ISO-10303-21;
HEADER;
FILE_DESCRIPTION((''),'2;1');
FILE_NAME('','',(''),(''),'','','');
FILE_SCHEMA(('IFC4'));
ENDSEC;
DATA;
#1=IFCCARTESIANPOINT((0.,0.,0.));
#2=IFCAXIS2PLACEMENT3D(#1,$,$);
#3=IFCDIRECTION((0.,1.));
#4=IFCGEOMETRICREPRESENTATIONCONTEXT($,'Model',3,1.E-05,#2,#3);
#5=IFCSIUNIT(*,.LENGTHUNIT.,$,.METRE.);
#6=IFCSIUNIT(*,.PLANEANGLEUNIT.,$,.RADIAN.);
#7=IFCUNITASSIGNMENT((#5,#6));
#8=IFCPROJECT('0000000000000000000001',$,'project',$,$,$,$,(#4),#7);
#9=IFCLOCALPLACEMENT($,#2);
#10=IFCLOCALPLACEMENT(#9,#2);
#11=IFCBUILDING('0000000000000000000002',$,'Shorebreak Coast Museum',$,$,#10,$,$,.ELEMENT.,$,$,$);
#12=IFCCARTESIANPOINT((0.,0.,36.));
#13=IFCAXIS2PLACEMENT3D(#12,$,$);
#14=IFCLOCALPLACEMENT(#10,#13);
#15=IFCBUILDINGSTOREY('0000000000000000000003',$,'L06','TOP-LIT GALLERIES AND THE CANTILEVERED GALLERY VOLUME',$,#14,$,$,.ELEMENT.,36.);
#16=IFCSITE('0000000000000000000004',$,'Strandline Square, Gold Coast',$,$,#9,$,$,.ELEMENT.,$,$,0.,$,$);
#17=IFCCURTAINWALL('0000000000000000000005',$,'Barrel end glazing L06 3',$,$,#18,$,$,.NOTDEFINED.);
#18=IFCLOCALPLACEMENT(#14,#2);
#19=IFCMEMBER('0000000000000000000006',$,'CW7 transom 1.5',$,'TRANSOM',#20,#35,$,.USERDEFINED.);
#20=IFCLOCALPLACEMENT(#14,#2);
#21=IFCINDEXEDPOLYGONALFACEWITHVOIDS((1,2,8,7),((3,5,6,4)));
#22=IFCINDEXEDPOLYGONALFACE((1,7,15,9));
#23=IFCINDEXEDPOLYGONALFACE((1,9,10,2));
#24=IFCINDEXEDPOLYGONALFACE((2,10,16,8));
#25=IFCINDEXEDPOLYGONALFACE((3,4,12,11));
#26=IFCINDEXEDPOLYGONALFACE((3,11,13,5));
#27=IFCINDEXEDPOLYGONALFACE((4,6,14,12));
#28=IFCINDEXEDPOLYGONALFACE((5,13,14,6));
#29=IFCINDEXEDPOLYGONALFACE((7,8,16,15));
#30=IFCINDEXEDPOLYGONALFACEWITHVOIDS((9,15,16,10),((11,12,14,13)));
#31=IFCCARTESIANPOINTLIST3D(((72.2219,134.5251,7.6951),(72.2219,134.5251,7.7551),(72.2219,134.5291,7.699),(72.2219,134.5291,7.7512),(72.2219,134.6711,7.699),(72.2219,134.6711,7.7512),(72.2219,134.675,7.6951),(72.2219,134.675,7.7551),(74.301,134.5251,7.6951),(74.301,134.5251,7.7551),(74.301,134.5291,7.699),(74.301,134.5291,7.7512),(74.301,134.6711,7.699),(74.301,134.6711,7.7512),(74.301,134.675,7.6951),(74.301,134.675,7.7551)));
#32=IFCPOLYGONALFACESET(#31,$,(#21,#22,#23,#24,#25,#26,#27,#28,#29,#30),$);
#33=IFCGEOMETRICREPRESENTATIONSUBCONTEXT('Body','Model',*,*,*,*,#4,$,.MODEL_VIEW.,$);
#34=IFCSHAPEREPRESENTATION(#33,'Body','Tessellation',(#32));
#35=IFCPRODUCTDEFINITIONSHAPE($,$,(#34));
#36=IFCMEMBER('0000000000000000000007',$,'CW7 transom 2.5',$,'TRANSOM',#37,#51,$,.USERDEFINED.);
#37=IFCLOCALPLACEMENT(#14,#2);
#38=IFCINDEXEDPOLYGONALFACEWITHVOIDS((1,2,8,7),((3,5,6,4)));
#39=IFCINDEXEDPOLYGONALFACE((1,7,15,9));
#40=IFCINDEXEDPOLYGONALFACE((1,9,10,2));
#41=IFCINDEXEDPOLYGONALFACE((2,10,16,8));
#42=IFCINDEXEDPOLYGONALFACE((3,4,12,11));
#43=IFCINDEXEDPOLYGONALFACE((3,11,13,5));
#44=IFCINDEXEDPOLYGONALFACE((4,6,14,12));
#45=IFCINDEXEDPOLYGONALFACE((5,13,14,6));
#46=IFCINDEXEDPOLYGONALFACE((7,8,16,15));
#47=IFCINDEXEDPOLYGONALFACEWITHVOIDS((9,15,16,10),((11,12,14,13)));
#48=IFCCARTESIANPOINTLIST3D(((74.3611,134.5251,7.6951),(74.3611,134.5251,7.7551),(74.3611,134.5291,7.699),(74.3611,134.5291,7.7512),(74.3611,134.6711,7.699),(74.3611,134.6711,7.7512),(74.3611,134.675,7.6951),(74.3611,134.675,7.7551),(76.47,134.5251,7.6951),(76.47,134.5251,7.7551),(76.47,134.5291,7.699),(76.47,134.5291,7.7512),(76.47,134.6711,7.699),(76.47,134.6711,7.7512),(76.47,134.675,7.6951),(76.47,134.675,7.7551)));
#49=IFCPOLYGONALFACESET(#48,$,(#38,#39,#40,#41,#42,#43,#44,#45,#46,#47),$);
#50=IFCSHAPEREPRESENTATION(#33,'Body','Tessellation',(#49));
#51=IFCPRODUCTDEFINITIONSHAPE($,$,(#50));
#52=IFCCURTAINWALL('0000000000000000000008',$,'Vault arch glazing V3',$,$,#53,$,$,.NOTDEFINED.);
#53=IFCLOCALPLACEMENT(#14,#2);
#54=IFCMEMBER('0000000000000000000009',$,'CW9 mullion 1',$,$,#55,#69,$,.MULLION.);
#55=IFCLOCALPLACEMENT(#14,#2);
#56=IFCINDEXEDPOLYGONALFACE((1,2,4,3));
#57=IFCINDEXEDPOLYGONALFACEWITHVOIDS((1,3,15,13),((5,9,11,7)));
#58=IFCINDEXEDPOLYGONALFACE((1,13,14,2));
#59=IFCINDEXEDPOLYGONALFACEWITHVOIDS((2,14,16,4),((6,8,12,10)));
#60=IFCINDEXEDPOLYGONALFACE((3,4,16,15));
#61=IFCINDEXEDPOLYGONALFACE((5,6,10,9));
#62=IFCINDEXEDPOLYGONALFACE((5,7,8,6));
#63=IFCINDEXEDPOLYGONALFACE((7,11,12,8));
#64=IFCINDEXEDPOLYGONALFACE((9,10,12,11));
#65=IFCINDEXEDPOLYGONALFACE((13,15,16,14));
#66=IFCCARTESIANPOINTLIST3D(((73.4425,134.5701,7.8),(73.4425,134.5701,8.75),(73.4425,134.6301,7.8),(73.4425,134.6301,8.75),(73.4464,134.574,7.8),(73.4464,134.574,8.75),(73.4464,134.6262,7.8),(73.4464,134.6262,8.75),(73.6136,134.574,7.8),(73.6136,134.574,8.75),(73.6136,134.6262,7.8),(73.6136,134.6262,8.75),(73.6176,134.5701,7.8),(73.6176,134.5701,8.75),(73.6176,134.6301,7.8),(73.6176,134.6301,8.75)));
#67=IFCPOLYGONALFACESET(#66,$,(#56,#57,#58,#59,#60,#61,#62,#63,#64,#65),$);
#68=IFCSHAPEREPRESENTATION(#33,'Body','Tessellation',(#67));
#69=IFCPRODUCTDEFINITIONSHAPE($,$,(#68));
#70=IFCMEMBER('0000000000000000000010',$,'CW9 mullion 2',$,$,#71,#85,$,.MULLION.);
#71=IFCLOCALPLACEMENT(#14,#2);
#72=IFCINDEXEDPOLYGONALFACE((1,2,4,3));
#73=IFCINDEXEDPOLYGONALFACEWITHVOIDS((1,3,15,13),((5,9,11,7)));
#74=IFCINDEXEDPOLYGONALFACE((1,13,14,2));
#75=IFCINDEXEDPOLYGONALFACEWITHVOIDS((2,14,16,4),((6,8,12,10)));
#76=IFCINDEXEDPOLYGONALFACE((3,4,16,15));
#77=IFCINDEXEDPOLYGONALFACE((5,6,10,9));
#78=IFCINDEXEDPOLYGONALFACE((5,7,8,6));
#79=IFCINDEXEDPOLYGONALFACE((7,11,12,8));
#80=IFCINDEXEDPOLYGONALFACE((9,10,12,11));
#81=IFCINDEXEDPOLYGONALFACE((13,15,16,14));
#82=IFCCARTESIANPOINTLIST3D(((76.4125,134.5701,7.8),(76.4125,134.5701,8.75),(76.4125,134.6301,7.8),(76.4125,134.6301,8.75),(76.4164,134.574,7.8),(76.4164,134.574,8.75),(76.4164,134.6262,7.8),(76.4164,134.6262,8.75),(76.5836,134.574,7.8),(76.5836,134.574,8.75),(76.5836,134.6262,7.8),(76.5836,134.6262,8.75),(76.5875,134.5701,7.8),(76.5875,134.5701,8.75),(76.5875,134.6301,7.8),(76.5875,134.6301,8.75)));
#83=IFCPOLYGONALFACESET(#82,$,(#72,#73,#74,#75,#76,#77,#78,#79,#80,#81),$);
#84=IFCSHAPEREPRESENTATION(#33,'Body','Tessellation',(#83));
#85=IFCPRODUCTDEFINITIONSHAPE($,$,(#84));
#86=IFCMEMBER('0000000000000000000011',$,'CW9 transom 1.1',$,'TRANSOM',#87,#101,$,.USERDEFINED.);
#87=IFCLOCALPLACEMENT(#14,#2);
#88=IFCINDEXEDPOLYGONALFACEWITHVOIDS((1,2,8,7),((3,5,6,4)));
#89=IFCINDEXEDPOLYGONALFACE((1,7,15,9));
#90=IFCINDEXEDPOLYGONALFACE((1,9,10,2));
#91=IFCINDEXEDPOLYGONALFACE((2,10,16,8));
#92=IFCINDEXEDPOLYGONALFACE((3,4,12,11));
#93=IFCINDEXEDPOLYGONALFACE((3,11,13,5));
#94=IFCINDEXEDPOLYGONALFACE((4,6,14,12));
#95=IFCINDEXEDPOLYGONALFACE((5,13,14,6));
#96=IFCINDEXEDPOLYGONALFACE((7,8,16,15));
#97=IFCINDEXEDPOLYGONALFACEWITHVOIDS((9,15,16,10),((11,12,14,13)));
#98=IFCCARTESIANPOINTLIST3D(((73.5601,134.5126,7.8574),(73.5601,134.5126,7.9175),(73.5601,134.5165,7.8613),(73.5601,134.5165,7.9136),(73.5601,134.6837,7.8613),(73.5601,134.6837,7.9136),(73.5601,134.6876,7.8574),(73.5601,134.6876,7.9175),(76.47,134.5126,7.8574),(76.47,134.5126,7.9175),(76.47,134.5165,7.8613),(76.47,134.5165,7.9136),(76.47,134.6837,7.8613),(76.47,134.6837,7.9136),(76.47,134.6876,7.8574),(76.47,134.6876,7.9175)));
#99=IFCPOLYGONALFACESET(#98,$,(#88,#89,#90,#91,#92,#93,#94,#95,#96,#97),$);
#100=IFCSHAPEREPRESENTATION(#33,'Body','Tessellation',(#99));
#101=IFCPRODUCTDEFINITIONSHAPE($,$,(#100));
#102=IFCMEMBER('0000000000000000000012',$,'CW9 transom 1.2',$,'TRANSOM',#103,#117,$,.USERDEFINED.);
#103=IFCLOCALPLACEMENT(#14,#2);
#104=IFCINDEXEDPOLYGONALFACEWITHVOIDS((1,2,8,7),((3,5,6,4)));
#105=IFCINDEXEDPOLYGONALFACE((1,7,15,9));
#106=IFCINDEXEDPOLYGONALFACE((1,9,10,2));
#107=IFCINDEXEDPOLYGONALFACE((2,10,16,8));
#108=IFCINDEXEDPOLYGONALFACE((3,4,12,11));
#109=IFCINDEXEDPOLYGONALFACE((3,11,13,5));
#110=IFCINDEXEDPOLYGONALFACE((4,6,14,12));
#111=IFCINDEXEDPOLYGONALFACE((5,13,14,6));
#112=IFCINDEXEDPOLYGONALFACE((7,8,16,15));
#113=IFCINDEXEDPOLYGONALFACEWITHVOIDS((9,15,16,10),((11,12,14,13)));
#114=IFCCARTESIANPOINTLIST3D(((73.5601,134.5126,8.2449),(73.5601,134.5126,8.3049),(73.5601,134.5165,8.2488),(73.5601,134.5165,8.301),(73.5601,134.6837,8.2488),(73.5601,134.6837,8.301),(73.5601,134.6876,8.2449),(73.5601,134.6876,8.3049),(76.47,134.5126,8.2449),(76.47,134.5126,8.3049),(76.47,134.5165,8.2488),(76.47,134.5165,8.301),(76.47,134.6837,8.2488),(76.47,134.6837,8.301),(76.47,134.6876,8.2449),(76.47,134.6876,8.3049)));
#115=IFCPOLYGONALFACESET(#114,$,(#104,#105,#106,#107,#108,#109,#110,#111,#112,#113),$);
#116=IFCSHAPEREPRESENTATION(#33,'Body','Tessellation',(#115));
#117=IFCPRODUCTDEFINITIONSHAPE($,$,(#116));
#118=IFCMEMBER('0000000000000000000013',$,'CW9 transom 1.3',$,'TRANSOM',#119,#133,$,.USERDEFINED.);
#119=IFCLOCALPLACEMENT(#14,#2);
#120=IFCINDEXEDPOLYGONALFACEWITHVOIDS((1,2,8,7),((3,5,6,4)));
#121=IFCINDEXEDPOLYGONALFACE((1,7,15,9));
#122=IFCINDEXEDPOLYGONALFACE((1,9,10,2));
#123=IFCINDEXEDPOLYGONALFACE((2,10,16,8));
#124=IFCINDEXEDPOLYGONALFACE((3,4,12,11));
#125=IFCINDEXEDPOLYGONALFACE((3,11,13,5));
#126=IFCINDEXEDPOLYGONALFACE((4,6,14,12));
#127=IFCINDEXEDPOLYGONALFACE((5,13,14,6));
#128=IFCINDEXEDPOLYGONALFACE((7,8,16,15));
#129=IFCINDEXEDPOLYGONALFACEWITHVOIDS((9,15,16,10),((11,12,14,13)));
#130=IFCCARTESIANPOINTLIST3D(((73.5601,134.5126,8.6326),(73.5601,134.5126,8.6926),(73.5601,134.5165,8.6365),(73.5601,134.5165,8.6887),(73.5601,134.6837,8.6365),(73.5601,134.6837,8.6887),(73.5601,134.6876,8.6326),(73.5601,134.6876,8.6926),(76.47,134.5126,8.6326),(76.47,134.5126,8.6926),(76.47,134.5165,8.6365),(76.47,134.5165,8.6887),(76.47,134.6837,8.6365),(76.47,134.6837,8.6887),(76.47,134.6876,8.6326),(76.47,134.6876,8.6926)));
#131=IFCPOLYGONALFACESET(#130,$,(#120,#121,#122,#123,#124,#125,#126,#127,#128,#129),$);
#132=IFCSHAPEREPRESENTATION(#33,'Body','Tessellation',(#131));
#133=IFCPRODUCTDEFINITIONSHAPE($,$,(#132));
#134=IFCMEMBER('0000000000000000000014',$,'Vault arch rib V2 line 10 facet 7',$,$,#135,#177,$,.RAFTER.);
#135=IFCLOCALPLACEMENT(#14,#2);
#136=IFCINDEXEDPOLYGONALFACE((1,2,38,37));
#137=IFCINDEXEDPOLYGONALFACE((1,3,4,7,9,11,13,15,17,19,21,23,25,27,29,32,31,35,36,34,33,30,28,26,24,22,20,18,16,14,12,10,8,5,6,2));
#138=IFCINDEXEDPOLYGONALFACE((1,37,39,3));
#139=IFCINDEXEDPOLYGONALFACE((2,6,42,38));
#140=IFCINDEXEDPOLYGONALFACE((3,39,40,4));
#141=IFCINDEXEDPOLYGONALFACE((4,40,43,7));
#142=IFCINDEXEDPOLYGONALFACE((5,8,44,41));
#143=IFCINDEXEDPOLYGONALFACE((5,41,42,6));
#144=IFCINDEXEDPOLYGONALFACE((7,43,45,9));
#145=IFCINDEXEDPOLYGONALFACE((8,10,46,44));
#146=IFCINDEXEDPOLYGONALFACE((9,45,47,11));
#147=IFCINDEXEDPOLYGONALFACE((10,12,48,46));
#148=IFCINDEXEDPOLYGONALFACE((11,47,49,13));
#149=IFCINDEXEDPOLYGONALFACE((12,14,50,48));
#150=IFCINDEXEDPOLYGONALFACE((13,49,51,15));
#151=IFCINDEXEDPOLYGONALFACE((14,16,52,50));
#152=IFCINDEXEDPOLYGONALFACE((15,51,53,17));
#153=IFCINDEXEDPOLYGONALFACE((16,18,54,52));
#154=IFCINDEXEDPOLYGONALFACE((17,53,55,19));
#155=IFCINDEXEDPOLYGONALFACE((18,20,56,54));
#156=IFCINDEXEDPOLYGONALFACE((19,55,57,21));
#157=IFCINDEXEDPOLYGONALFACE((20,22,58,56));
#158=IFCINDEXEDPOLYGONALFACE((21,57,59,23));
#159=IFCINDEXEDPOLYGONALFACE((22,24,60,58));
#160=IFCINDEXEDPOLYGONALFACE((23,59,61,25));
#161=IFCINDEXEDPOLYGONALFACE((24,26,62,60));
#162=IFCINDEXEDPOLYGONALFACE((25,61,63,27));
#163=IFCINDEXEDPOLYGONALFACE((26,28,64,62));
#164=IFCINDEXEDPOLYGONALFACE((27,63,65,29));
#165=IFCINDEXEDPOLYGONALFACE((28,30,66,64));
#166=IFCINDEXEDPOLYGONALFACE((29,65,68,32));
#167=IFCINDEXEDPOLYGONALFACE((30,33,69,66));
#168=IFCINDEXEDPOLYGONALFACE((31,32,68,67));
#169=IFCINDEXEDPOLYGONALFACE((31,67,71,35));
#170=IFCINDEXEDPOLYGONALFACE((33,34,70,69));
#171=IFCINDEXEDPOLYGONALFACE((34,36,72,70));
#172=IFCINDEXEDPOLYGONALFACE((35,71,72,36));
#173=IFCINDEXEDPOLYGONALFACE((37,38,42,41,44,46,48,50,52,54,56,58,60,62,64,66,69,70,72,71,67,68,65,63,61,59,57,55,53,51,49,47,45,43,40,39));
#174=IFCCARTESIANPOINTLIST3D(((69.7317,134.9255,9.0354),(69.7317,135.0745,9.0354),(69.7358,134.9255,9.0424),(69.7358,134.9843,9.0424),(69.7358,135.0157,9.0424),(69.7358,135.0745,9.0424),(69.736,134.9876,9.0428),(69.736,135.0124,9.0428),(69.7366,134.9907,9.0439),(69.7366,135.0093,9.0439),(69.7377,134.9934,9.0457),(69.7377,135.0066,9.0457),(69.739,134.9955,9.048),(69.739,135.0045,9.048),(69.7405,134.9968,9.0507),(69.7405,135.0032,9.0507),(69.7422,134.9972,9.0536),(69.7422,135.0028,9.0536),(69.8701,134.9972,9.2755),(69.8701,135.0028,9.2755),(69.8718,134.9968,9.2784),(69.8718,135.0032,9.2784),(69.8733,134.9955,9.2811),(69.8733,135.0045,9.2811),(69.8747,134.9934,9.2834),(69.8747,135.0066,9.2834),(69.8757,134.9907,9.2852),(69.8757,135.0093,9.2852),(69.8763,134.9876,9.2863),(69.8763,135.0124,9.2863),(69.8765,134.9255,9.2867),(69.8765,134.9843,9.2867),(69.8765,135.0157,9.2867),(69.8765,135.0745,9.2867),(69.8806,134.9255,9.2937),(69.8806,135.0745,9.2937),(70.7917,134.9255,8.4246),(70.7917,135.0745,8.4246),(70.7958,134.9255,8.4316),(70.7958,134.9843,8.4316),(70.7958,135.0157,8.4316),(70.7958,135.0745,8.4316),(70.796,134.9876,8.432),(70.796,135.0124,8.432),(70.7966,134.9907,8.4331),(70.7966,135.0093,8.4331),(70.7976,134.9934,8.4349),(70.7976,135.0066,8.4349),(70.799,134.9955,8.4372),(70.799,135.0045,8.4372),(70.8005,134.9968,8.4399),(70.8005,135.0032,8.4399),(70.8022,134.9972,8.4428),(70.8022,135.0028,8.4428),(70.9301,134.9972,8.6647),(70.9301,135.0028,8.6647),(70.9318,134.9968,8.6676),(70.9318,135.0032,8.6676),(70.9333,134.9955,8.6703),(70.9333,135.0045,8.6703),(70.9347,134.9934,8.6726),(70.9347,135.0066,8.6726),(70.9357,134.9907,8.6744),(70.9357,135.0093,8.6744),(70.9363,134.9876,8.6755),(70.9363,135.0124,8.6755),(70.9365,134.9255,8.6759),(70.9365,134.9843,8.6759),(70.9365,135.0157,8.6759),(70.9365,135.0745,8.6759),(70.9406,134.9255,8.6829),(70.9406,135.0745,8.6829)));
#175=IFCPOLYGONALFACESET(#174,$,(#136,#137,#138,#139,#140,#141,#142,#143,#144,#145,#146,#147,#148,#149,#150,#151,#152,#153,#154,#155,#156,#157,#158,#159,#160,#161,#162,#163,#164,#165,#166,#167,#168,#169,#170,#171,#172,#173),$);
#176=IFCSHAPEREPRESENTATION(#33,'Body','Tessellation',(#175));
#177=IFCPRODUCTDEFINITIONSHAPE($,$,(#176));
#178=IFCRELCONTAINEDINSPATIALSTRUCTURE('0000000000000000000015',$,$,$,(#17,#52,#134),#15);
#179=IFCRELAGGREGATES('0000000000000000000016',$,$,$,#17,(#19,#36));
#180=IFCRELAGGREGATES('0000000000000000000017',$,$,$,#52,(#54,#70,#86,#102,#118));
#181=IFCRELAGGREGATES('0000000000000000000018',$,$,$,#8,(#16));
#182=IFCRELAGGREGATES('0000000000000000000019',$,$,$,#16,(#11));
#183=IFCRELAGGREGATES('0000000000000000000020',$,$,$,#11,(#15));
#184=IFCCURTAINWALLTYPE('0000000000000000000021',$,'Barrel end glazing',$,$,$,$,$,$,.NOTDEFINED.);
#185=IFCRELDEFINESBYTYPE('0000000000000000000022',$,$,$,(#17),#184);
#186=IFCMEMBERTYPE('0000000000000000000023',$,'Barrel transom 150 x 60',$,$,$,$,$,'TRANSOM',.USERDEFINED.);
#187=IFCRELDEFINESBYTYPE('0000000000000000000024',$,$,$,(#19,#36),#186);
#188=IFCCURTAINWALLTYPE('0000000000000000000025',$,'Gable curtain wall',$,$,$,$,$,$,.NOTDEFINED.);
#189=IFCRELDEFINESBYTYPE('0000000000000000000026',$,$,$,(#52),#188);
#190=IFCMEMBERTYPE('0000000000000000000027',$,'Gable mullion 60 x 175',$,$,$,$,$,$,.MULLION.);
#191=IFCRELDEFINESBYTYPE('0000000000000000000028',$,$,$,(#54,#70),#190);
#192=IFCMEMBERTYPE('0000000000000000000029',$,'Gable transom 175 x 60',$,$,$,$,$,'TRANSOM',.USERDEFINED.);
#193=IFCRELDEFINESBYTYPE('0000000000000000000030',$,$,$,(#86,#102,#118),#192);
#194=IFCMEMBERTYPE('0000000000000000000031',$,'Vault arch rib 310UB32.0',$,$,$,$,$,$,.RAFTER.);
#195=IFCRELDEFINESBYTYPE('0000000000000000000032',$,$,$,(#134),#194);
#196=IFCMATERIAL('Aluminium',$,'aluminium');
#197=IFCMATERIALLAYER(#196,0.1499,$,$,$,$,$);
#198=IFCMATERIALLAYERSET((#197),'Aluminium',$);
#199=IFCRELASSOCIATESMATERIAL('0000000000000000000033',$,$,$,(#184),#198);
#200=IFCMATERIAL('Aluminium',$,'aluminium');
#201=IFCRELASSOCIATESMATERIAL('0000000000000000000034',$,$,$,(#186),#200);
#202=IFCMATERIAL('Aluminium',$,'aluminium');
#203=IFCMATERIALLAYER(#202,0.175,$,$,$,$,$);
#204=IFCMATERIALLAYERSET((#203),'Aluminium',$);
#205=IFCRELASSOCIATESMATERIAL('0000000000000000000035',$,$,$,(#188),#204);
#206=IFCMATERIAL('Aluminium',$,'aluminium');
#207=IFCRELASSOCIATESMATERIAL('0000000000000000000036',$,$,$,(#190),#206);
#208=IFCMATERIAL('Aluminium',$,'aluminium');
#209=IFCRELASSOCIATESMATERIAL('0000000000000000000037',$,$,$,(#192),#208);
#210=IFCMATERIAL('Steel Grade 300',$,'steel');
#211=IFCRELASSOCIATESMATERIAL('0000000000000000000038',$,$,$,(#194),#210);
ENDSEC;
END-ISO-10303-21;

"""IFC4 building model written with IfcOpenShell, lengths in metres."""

from ifc_helpers import new_model, si_unit, direction, frame, origin, origin_2d, place, context, subcontext, project, spatial, hollow_rectangle, i_section, extrude, material, layer, layer_set, material_profile, profile_set, type_object, element, aggregate, save


model = new_model("IFC4")

# Units and contexts
model_context = context("Model", 3, precision=1e-05, world=origin(), true_north=direction((0.0, 1.0)))
body_context = subcontext(model_context, "Body", "Model", "MODEL_VIEW")
ifc_project = project(units=[si_unit("LENGTHUNIT", "METRE"), si_unit("PLANEANGLEUNIT", "RADIAN")], contexts=[model_context])

# Site, building, storey
site_placement = place(None, origin())
site = spatial("IfcSite", under=ifc_project, at=site_placement, Name="Strandline Square, Gold Coast", CompositionType="ELEMENT", RefElevation=0.0)
building_placement = place(site_placement, origin())
building = spatial("IfcBuilding", under=site, at=building_placement, Name="Shorebreak Coast Museum", CompositionType="ELEMENT")
storey_placement = place(building_placement, frame((0.0, 0.0, 36.0)))
storey = spatial("IfcBuildingStorey", under=building, at=storey_placement, Name="L06", Description="TOP-LIT GALLERIES AND THE CANTILEVERED GALLERY VOLUME", CompositionType="ELEMENT", Elevation=36.0)

# Curtain walls, members
ifc_material_1 = material(Name="Aluminium", Category="aluminium")
ifc_layer_1 = layer(ifc_material_1, 0.1499)
ifc_layer_set_1 = layer_set([ifc_layer_1], Name="Aluminium")
curtain_wall_type_1 = type_object("IfcCurtainWallType", Name="Barrel end glazing", PredefinedType="NOTDEFINED", material=ifc_layer_set_1)
curtain_wall_1_placement = place(storey_placement, origin())
curtain_wall_1 = element("IfcCurtainWall", 1, at=curtain_wall_1_placement, inside=storey, type_object=curtain_wall_type_1, Name="Barrel end glazing L06 3", PredefinedType="NOTDEFINED")
ifc_material_2 = material(Name="Aluminium", Category="aluminium")
ifc_material_profile_1 = material_profile(ifc_material_2, hollow_rectangle(XDim=0.1499, YDim=0.0601, WallThickness=0.0039, at=origin_2d()), Name="AL 60x150 RHS")
ifc_profile_set_1 = profile_set([ifc_material_profile_1], Name="Aluminium")
member_type_1 = type_object("IfcMemberType", Name="Barrel transom 150 x 60", ElementType="TRANSOM", PredefinedType="USERDEFINED", material=ifc_profile_set_1)
member_1_placement = place(storey_placement, frame((72.2219, 134.6001, 7.7251), z_axis=(1.0, 0.0, 0.0), x_axis=(0.0, 1.0, 0.0)))
member_1 = element("IfcMember", 2, at=member_1_placement, type_object=member_type_1, Name="CW7 transom 1.5", ObjectType="TRANSOM", PredefinedType="USERDEFINED", context=body_context, shape_type="SweptSolid", body=[
    extrude(hollow_rectangle(XDim=0.1499, YDim=0.0601, WallThickness=0.0039, at=origin_2d()), origin(), (0.0, 0.0, 1.0), 2.0791),
])
member_2_placement = place(storey_placement, frame((74.3611, 134.6001, 7.7251), z_axis=(1.0, 0.0, 0.0), x_axis=(0.0, 1.0, 0.0)))
member_2 = element("IfcMember", 3, at=member_2_placement, type_object=member_type_1, Name="CW7 transom 2.5", ObjectType="TRANSOM", PredefinedType="USERDEFINED", context=body_context, shape_type="SweptSolid", body=[
    extrude(hollow_rectangle(XDim=0.1499, YDim=0.0601, WallThickness=0.0039, at=origin_2d()), origin(), (0.0, 0.0, 1.0), 2.1089),
])
ifc_material_3 = material(Name="Aluminium", Category="aluminium")
ifc_layer_2 = layer(ifc_material_3, 0.175)
ifc_layer_set_2 = layer_set([ifc_layer_2], Name="Aluminium")
curtain_wall_type_2 = type_object("IfcCurtainWallType", Name="Gable curtain wall", PredefinedType="NOTDEFINED", material=ifc_layer_set_2)
curtain_wall_2_placement = place(storey_placement, origin())
curtain_wall_2 = element("IfcCurtainWall", 4, at=curtain_wall_2_placement, inside=storey, type_object=curtain_wall_type_2, Name="Vault arch glazing V3", PredefinedType="NOTDEFINED")
ifc_material_4 = material(Name="Aluminium", Category="aluminium")
ifc_material_profile_2 = material_profile(ifc_material_4, hollow_rectangle(XDim=0.0601, YDim=0.175, WallThickness=0.0039, at=origin_2d()), Name="AL 175x60 RHS")
ifc_profile_set_2 = profile_set([ifc_material_profile_2], Name="Aluminium")
member_type_2 = type_object("IfcMemberType", Name="Gable mullion 60 x 175", PredefinedType="MULLION", material=ifc_profile_set_2)
member_3_placement = place(storey_placement, frame((73.53, 134.6001, 7.8), z_axis=(0.0, 0.0, 1.0), x_axis=(0.0, 1.0, 0.0)))
member_3 = element("IfcMember", 5, at=member_3_placement, type_object=member_type_2, Name="CW9 mullion 1", PredefinedType="MULLION", context=body_context, shape_type="SweptSolid", body=[
    extrude(hollow_rectangle(XDim=0.0601, YDim=0.175, WallThickness=0.0039, at=origin_2d()), origin(), (0.0, 0.0, 1.0), 0.95),
])
member_4_placement = place(storey_placement, frame((76.5, 134.6001, 7.8), z_axis=(0.0, 0.0, 1.0), x_axis=(0.0, 1.0, 0.0)))
member_4 = element("IfcMember", 6, at=member_4_placement, type_object=member_type_2, Name="CW9 mullion 2", PredefinedType="MULLION", context=body_context, shape_type="SweptSolid", body=[
    extrude(hollow_rectangle(XDim=0.0601, YDim=0.175, WallThickness=0.0039, at=origin_2d()), origin(), (0.0, 0.0, 1.0), 0.95),
])
ifc_material_5 = material(Name="Aluminium", Category="aluminium")
ifc_material_profile_3 = material_profile(ifc_material_5, hollow_rectangle(XDim=0.175, YDim=0.0601, WallThickness=0.0039, at=origin_2d()), Name="AL 60x175 RHS")
ifc_profile_set_3 = profile_set([ifc_material_profile_3], Name="Aluminium")
member_type_3 = type_object("IfcMemberType", Name="Gable transom 175 x 60", ElementType="TRANSOM", PredefinedType="USERDEFINED", material=ifc_profile_set_3)
member_5_placement = place(storey_placement, frame((73.5601, 134.6001, 7.8875), z_axis=(1.0, 0.0, 0.0), x_axis=(0.0, 1.0, 0.0)))
member_5 = element("IfcMember", 7, at=member_5_placement, type_object=member_type_3, Name="CW9 transom 1.1", ObjectType="TRANSOM", PredefinedType="USERDEFINED", context=body_context, shape_type="SweptSolid", body=[
    extrude(hollow_rectangle(XDim=0.175, YDim=0.0601, WallThickness=0.0039, at=origin_2d()), origin(), (0.0, 0.0, 1.0), 2.9099),
])
member_6_placement = place(storey_placement, frame((73.5601, 134.6001, 8.2749), z_axis=(1.0, 0.0, 0.0), x_axis=(0.0, 1.0, 0.0)))
member_6 = element("IfcMember", 8, at=member_6_placement, type_object=member_type_3, Name="CW9 transom 1.2", ObjectType="TRANSOM", PredefinedType="USERDEFINED", context=body_context, shape_type="SweptSolid", body=[
    extrude(hollow_rectangle(XDim=0.175, YDim=0.0601, WallThickness=0.0039, at=origin_2d()), origin(), (0.0, 0.0, 1.0), 2.9099),
])
member_7_placement = place(storey_placement, frame((73.5601, 134.6001, 8.6626), z_axis=(1.0, 0.0, 0.0), x_axis=(0.0, 1.0, 0.0)))
member_7 = element("IfcMember", 9, at=member_7_placement, type_object=member_type_3, Name="CW9 transom 1.3", ObjectType="TRANSOM", PredefinedType="USERDEFINED", context=body_context, shape_type="SweptSolid", body=[
    extrude(hollow_rectangle(XDim=0.175, YDim=0.0601, WallThickness=0.0039, at=origin_2d()), origin(), (0.0, 0.0, 1.0), 2.9099),
])

# Member
ifc_material_6 = material(Name="Steel Grade 300", Category="steel")
ifc_material_profile_4 = material_profile(ifc_material_6, i_section(OverallWidth=0.1489, OverallDepth=0.2981, WebThickness=0.0056, FlangeThickness=0.0081, FilletRadius=0.0129, at=origin_2d()), Name="310UB32.0")
ifc_profile_set_4 = profile_set([ifc_material_profile_4], Name="Steel Grade 300")
member_type_4 = type_object("IfcMemberType", Name="Vault arch rib 310UB32.0", PredefinedType="RAFTER", material=ifc_profile_set_4)
member_8_placement = place(storey_placement, frame((69.8062, 135.0, 9.1646), z_axis=(0.866445, 0.0, -0.499273), x_axis=(0.0, 1.0, 0.0)))
element("IfcMember", 10, at=member_8_placement, inside=storey, type_object=member_type_4, Name="Vault arch rib V2 line 10 facet 7", PredefinedType="RAFTER", context=body_context, shape_type="SweptSolid", body=[
    extrude(i_section(OverallWidth=0.1489, OverallDepth=0.2981, WebThickness=0.0056, FlangeThickness=0.0081, FilletRadius=0.0129, at=origin_2d()), origin(), (0.0, 0.0, 1.0), 1.2234),
])

aggregate(curtain_wall_1, [member_1, member_2])
aggregate(curtain_wall_2, [member_3, member_4, member_5, member_6, member_7])

save(model, "model.ifc")
